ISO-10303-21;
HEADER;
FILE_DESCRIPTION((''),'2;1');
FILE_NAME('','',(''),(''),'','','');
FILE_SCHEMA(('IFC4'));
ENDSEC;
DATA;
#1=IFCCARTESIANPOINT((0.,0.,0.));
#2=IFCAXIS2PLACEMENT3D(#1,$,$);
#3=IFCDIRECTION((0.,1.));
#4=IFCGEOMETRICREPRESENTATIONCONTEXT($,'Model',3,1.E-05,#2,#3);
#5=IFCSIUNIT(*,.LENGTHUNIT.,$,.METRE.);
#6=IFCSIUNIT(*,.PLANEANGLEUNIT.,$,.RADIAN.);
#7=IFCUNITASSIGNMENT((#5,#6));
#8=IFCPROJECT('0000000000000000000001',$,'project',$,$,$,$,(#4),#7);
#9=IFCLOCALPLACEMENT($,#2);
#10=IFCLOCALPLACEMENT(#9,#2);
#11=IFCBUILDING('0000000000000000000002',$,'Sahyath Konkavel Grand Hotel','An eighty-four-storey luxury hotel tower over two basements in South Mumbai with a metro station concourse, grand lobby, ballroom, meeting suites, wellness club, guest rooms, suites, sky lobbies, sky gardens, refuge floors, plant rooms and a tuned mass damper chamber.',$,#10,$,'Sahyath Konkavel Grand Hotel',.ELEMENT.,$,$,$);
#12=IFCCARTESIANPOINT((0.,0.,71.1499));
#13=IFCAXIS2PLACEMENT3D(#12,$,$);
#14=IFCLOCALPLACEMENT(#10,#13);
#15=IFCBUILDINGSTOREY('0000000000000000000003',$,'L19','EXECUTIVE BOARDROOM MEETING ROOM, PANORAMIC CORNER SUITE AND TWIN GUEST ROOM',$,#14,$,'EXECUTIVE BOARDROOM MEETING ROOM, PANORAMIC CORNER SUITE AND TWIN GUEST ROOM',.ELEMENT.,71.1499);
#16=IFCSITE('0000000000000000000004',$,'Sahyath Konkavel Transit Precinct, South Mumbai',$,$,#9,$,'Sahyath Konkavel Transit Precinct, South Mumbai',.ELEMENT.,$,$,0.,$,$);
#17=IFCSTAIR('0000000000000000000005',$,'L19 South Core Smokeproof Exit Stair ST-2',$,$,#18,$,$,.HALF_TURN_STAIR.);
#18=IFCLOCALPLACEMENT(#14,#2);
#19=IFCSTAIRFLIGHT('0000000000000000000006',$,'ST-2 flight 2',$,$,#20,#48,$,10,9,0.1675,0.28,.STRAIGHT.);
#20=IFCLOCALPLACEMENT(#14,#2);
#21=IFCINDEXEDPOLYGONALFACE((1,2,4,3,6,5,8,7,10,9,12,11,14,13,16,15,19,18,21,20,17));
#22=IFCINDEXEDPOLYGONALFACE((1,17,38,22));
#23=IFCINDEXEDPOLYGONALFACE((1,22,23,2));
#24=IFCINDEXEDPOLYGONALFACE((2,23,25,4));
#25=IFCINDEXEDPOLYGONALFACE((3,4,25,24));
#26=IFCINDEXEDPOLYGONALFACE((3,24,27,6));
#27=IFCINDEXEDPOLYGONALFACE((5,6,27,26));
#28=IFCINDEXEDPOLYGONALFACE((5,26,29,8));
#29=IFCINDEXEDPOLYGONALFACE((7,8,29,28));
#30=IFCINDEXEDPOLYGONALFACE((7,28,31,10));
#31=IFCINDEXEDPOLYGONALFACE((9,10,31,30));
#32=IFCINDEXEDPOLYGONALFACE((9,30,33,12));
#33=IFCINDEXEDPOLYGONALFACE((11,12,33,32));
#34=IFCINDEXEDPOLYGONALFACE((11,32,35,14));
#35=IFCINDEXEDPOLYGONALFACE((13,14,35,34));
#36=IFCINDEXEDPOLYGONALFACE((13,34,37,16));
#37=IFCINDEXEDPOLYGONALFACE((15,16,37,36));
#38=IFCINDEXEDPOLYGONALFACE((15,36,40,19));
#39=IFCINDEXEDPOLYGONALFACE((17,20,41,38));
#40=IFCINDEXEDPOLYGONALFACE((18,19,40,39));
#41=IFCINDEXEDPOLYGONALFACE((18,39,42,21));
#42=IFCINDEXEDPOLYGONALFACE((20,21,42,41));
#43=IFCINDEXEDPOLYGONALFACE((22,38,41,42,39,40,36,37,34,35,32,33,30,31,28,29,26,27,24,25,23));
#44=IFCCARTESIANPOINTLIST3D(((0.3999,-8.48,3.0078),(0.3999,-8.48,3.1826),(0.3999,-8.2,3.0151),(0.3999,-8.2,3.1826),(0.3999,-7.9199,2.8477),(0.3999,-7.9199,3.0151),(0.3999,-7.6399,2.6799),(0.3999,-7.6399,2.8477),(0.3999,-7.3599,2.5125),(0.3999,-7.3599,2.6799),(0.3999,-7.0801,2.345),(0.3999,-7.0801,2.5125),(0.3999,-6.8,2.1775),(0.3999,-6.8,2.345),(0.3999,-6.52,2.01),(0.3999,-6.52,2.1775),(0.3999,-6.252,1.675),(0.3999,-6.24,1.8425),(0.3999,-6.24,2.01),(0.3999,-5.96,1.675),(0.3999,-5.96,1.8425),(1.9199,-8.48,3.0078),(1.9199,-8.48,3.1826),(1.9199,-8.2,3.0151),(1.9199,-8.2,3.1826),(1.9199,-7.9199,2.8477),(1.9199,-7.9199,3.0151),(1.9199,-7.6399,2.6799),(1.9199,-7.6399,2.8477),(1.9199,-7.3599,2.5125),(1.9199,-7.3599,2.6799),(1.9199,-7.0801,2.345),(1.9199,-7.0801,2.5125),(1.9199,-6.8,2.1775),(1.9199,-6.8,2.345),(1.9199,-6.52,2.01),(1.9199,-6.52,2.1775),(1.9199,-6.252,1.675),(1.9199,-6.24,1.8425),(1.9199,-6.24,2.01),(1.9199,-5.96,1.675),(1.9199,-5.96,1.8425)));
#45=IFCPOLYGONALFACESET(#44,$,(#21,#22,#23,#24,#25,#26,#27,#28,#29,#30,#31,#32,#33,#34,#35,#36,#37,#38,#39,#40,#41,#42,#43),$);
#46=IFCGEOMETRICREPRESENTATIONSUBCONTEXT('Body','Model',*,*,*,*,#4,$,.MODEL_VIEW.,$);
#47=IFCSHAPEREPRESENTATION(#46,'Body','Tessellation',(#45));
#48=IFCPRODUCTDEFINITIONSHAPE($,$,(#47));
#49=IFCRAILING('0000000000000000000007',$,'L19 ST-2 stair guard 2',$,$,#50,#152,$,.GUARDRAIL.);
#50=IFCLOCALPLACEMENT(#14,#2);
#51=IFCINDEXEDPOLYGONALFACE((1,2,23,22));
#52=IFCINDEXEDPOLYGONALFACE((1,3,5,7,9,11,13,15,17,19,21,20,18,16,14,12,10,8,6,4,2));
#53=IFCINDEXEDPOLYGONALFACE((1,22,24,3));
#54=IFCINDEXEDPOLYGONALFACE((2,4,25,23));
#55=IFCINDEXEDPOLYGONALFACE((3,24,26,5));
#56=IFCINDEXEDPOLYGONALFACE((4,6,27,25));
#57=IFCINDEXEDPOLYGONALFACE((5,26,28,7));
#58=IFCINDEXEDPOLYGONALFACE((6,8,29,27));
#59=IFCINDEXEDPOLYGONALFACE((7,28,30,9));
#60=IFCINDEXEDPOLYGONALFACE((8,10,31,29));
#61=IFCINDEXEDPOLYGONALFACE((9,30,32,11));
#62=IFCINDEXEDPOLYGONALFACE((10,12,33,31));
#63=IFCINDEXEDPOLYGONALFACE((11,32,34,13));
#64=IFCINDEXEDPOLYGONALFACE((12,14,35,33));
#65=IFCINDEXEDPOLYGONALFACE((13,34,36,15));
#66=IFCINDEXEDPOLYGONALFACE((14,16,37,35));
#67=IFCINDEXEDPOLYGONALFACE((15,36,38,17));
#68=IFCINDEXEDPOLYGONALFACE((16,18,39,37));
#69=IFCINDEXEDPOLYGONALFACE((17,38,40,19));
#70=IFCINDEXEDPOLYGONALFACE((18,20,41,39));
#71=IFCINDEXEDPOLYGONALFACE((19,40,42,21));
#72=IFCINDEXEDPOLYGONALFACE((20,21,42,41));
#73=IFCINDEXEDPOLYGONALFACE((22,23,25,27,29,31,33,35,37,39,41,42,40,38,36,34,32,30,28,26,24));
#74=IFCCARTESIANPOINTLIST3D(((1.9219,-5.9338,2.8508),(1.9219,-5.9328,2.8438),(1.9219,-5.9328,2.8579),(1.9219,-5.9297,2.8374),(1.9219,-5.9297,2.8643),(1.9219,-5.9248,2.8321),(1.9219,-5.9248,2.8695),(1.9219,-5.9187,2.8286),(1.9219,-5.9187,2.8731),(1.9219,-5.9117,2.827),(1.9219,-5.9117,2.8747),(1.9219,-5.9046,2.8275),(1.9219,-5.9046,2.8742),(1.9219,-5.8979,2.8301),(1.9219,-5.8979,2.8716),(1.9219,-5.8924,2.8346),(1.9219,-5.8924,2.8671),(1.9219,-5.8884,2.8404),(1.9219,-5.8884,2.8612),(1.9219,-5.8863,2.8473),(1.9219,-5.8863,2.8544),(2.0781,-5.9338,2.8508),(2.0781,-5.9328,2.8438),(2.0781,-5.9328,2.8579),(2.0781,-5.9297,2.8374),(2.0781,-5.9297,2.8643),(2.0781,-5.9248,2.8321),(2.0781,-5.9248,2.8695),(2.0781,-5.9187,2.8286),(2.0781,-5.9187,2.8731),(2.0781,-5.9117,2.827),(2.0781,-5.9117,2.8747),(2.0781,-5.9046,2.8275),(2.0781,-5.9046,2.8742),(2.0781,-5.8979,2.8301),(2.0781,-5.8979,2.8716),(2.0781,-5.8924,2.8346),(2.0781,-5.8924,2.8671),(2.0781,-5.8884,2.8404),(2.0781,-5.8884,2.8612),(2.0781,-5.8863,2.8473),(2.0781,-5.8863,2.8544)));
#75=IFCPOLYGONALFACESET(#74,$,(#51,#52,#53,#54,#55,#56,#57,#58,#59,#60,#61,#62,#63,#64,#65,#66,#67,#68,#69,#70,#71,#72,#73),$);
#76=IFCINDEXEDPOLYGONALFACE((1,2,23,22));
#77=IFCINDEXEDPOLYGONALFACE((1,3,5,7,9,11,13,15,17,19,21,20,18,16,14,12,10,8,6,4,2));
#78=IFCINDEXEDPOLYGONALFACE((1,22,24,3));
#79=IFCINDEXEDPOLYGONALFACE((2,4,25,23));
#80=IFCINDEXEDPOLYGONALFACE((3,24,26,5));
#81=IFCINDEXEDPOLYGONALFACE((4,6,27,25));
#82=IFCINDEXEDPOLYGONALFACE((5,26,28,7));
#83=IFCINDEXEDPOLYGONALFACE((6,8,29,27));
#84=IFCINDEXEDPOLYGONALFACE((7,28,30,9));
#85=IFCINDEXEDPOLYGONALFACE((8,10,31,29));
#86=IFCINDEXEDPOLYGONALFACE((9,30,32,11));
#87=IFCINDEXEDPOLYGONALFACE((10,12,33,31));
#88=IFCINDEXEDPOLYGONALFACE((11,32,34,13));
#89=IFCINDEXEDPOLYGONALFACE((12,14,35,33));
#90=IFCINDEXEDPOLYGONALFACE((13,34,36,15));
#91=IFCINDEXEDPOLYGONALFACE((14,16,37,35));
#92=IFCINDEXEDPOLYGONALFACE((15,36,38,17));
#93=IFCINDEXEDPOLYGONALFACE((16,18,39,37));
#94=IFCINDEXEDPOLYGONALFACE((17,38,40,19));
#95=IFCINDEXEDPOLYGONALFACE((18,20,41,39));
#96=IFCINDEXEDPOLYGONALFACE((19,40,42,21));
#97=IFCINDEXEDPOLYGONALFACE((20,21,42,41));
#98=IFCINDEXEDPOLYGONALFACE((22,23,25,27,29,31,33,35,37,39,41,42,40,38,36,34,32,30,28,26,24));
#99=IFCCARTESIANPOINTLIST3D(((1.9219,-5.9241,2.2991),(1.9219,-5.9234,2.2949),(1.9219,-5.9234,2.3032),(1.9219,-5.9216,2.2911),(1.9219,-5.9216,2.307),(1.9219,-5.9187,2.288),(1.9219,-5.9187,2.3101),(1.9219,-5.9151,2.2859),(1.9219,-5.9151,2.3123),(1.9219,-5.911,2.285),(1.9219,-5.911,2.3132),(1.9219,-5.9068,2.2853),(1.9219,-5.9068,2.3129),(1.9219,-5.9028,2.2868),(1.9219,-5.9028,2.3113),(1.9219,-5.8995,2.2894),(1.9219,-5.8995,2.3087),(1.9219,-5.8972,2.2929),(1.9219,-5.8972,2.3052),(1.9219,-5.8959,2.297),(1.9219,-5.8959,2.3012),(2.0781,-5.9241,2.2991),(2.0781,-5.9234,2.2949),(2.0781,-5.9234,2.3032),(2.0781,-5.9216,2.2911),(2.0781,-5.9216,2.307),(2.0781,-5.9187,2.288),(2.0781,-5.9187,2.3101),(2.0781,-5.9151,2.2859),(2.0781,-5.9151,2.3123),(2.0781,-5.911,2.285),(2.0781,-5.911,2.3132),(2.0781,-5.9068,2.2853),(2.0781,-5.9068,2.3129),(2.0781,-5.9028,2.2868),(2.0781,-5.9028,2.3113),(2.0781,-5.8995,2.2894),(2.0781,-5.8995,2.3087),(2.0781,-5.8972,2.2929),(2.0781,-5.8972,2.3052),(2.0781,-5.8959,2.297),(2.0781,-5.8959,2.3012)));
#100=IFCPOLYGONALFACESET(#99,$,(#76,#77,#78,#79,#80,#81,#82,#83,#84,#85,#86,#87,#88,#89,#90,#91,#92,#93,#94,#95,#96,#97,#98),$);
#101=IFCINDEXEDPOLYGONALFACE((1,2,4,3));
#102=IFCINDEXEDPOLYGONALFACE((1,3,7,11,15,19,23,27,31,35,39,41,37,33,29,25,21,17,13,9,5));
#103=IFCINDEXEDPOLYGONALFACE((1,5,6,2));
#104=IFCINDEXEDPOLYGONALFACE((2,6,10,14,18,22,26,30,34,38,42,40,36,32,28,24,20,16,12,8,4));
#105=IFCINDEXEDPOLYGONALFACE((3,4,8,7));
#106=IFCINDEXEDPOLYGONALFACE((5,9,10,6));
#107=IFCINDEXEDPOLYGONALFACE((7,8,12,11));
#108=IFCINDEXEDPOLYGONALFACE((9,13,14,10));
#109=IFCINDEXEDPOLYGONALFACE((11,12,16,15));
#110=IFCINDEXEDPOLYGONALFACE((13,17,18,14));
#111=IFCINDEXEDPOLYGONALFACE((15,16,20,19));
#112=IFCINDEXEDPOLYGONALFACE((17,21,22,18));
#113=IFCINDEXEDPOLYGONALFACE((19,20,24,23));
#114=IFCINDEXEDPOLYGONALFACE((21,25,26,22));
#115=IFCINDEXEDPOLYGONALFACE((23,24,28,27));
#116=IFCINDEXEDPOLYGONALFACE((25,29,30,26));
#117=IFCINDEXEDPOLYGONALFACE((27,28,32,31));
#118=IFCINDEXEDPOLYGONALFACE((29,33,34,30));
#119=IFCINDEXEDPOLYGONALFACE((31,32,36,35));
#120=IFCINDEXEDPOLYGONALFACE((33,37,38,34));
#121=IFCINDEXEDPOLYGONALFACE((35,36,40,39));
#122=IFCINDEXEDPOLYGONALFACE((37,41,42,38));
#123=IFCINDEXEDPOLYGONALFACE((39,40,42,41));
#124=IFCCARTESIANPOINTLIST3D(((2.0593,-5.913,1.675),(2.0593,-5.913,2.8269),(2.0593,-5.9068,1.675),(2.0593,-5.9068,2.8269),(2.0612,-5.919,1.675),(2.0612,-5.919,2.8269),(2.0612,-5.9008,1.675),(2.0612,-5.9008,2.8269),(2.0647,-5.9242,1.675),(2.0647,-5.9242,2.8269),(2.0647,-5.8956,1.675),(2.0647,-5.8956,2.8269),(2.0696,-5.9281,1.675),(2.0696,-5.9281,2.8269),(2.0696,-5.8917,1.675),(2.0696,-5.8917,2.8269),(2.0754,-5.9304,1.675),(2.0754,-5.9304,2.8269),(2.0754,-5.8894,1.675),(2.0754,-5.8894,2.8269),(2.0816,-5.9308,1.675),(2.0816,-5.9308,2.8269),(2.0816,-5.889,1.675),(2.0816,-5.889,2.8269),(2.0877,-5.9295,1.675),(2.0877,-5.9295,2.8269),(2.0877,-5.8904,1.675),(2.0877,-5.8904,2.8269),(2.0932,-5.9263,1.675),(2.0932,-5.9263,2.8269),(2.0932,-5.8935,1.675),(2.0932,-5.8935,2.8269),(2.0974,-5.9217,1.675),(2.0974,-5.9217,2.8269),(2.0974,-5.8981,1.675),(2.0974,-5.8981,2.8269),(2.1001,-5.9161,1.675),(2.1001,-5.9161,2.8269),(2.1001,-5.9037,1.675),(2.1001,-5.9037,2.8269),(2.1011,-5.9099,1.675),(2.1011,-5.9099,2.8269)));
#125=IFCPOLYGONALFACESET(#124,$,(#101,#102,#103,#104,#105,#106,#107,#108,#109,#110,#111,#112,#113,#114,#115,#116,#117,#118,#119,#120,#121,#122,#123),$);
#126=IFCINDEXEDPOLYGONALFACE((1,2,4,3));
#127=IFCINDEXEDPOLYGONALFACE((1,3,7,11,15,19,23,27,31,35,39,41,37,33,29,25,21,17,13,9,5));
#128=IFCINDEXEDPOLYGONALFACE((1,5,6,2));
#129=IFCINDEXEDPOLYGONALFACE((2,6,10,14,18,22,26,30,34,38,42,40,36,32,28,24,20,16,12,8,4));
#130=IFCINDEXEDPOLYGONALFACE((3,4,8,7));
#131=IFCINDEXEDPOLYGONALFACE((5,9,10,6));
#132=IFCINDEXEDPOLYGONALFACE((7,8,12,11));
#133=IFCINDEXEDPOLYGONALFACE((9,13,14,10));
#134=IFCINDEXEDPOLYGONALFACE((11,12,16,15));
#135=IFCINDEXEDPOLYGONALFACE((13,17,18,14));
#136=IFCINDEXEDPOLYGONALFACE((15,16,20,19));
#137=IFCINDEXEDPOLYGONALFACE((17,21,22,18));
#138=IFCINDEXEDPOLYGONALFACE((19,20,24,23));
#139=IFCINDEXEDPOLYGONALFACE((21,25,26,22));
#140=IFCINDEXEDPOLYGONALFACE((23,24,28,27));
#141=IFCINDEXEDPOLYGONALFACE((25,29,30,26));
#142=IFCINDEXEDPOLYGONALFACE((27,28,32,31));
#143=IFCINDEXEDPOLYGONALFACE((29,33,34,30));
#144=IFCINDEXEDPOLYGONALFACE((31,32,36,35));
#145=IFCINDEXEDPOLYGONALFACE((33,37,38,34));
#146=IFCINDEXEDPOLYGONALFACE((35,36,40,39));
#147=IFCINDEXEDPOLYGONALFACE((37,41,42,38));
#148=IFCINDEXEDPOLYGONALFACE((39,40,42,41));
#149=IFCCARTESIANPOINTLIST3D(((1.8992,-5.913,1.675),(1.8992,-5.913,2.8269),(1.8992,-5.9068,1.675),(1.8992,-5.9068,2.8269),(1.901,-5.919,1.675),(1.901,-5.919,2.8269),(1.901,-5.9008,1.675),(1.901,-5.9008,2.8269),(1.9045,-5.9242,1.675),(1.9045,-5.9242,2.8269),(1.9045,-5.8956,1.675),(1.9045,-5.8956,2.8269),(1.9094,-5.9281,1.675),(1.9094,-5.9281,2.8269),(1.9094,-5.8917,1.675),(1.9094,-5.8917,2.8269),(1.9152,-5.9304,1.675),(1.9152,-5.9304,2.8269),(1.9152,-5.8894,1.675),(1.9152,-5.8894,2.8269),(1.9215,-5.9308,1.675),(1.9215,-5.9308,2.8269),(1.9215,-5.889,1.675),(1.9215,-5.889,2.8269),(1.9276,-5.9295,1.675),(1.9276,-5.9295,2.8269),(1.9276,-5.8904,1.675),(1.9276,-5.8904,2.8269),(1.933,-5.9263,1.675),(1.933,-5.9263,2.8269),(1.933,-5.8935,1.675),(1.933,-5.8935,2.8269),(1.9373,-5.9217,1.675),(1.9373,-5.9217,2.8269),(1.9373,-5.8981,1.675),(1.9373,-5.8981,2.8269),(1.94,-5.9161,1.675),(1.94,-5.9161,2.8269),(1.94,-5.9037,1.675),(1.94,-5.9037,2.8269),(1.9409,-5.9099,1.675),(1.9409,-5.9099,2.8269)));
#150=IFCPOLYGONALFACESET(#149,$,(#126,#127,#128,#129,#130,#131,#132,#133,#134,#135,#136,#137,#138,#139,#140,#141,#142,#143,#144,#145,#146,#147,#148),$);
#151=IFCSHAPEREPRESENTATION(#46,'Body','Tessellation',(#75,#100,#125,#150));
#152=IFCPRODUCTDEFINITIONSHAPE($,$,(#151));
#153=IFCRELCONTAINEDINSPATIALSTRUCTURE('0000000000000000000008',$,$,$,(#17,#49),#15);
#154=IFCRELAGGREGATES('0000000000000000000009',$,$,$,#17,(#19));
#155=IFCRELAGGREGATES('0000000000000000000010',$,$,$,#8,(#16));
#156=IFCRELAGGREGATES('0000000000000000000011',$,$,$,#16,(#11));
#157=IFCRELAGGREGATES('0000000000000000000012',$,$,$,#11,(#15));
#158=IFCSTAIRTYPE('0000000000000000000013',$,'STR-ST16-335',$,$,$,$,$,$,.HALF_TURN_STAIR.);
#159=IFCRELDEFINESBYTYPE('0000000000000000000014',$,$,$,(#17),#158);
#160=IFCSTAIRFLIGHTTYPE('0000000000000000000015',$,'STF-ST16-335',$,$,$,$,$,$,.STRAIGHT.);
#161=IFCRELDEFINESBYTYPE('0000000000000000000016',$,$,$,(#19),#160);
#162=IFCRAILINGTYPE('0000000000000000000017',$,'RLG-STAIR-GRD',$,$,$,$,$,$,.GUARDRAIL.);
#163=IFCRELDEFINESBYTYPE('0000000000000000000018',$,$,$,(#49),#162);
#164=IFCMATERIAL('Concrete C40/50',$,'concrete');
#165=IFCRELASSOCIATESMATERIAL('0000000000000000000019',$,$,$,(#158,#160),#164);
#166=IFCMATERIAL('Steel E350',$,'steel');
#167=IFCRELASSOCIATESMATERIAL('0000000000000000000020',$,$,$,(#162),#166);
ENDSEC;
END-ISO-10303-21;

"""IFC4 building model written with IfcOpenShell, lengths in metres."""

from ifc_helpers import new_model, si_unit, direction, frame, origin, origin_2d, place, context, subcontext, project, spatial, polyline, circle, outline, extrude, material, type_object, element, aggregate, save


model = new_model("IFC4")

# Units and contexts
model_context = context("Model", 3, precision=1e-05, world=origin(), true_north=direction((0.0, 1.0)))
body_context = subcontext(model_context, "Body", "Model", "MODEL_VIEW")
ifc_project = project(units=[si_unit("LENGTHUNIT", "METRE"), si_unit("PLANEANGLEUNIT", "RADIAN")], contexts=[model_context])

# Site, building, storey
site_placement = place(None, origin())
site = spatial("IfcSite", under=ifc_project, at=site_placement, Name="Sahyath Konkavel Transit Precinct, South Mumbai", LongName="Sahyath Konkavel Transit Precinct, South Mumbai", CompositionType="ELEMENT", RefElevation=0.0)
building_placement = place(site_placement, origin())
building = spatial("IfcBuilding", under=site, at=building_placement, Name="Sahyath Konkavel Grand Hotel", Description="An eighty-four-storey luxury hotel tower over two basements in South Mumbai with a metro station concourse, grand lobby, ballroom, meeting suites, wellness club, guest rooms, suites, sky lobbies, sky gardens, refuge floors, plant rooms and a tuned mass damper chamber.", LongName="Sahyath Konkavel Grand Hotel", CompositionType="ELEMENT")
storey_placement = place(building_placement, frame((0.0, 0.0, 71.1499)))
storey = spatial("IfcBuildingStorey", under=building, at=storey_placement, Name="L19", Description="EXECUTIVE BOARDROOM MEETING ROOM, PANORAMIC CORNER SUITE AND TWIN GUEST ROOM", LongName="EXECUTIVE BOARDROOM MEETING ROOM, PANORAMIC CORNER SUITE AND TWIN GUEST ROOM", CompositionType="ELEMENT", Elevation=71.1499)

# Shared definitions
ifc_material_1 = material(Name="Steel E350", Category="steel")

# Shared definitions
ifc_material_2 = material(Name="Concrete C40/50", Category="concrete")

# Stair, stair flight
stair_type = type_object("IfcStairType", Name="STR-ST16-335", PredefinedType="HALF_TURN_STAIR", material=ifc_material_2)
stair_placement = place(storey_placement, origin())
stair = element("IfcStair", 1, at=stair_placement, inside=storey, type_object=stair_type, Name="L19 South Core Smokeproof Exit Stair ST-2", PredefinedType="HALF_TURN_STAIR")
stair_flight_type = type_object("IfcStairFlightType", Name="STF-ST16-335", PredefinedType="STRAIGHT", material=ifc_material_2)
stair_flight_placement = place(storey_placement, frame((1.1599, -5.96, 1.675), z_axis=(0.0, 0.0, 1.0), x_axis=(0.0, -1.0, 0.0)))
stair_flight = element("IfcStairFlight", 2, at=stair_flight_placement, type_object=stair_flight_type, Name="ST-2 flight 2", NumberOfRisers=10, NumberOfTreads=9, PredefinedType="STRAIGHT", RiserHeight=0.1675, TreadLength=0.28, context=body_context, shape_type="SweptSolid", body=[
    extrude(outline(polyline([(0.0, 0.0), (0.0, 0.1675), (0.28, 0.1675), (0.28, 0.335), (0.5601, 0.335), (0.5601, 0.5024), (0.8401, 0.5024), (0.8401, 0.6699), (1.1201, 0.6699), (1.1201, 0.8374), (1.3999, 0.8374), (1.3999, 1.0049), (1.6799, 1.0049), (1.6799, 1.1726), (1.96, 1.1726), (1.96, 1.3401), (2.24, 1.3401), (2.24, 1.5076), (2.52, 1.5076), (2.52, 1.675), (2.52, 1.3328), (0.292, 0.0), (0.0, 0.0)])), frame((0.0, 0.76, 0.0), z_axis=(0.0, -1.0, 0.0), x_axis=(1.0, 0.0, 0.0)), (0.0, 0.0, 1.0), 1.52),
])
aggregate(stair, [stair_flight])

# Railing
railing_type_1 = type_object("IfcRailingType", Name="RLG-STAIR-GRD", PredefinedType="GUARDRAIL", material=ifc_material_1)
railing_1_placement = place(storey_placement, frame((2.0801, -5.9099, 1.675)))
element("IfcRailing", 3, at=railing_1_placement, inside=storey, type_object=railing_type_1, Name="L19 ST-2 stair guard 2", PredefinedType="GUARDRAIL", context=body_context, shape_type="SweptSolid", body=[
    extrude(circle(Radius=0.0239, at=origin_2d()), frame((-0.002, 0.0, 1.1758), z_axis=(-1.0, 0.0, 0.0), x_axis=(0.0, -1.0, 0.0)), (0.0, 0.0, 1.0), 0.1562),
    extrude(circle(Radius=0.0142, at=origin_2d()), frame((-0.002, 0.0, 0.624), z_axis=(-1.0, 0.0, 0.0), x_axis=(0.0, -1.0, 0.0)), (0.0, 0.0, 1.0), 0.1562),
    extrude(circle(Radius=0.021, at=origin_2d()), origin(), (0.0, 0.0, 1.0), 1.1519),
    extrude(circle(Radius=0.021, at=origin_2d()), frame((-0.1602, 0.0, 0.0)), (0.0, 0.0, 1.0), 1.1519),
])

save(model, "model.ifc")
